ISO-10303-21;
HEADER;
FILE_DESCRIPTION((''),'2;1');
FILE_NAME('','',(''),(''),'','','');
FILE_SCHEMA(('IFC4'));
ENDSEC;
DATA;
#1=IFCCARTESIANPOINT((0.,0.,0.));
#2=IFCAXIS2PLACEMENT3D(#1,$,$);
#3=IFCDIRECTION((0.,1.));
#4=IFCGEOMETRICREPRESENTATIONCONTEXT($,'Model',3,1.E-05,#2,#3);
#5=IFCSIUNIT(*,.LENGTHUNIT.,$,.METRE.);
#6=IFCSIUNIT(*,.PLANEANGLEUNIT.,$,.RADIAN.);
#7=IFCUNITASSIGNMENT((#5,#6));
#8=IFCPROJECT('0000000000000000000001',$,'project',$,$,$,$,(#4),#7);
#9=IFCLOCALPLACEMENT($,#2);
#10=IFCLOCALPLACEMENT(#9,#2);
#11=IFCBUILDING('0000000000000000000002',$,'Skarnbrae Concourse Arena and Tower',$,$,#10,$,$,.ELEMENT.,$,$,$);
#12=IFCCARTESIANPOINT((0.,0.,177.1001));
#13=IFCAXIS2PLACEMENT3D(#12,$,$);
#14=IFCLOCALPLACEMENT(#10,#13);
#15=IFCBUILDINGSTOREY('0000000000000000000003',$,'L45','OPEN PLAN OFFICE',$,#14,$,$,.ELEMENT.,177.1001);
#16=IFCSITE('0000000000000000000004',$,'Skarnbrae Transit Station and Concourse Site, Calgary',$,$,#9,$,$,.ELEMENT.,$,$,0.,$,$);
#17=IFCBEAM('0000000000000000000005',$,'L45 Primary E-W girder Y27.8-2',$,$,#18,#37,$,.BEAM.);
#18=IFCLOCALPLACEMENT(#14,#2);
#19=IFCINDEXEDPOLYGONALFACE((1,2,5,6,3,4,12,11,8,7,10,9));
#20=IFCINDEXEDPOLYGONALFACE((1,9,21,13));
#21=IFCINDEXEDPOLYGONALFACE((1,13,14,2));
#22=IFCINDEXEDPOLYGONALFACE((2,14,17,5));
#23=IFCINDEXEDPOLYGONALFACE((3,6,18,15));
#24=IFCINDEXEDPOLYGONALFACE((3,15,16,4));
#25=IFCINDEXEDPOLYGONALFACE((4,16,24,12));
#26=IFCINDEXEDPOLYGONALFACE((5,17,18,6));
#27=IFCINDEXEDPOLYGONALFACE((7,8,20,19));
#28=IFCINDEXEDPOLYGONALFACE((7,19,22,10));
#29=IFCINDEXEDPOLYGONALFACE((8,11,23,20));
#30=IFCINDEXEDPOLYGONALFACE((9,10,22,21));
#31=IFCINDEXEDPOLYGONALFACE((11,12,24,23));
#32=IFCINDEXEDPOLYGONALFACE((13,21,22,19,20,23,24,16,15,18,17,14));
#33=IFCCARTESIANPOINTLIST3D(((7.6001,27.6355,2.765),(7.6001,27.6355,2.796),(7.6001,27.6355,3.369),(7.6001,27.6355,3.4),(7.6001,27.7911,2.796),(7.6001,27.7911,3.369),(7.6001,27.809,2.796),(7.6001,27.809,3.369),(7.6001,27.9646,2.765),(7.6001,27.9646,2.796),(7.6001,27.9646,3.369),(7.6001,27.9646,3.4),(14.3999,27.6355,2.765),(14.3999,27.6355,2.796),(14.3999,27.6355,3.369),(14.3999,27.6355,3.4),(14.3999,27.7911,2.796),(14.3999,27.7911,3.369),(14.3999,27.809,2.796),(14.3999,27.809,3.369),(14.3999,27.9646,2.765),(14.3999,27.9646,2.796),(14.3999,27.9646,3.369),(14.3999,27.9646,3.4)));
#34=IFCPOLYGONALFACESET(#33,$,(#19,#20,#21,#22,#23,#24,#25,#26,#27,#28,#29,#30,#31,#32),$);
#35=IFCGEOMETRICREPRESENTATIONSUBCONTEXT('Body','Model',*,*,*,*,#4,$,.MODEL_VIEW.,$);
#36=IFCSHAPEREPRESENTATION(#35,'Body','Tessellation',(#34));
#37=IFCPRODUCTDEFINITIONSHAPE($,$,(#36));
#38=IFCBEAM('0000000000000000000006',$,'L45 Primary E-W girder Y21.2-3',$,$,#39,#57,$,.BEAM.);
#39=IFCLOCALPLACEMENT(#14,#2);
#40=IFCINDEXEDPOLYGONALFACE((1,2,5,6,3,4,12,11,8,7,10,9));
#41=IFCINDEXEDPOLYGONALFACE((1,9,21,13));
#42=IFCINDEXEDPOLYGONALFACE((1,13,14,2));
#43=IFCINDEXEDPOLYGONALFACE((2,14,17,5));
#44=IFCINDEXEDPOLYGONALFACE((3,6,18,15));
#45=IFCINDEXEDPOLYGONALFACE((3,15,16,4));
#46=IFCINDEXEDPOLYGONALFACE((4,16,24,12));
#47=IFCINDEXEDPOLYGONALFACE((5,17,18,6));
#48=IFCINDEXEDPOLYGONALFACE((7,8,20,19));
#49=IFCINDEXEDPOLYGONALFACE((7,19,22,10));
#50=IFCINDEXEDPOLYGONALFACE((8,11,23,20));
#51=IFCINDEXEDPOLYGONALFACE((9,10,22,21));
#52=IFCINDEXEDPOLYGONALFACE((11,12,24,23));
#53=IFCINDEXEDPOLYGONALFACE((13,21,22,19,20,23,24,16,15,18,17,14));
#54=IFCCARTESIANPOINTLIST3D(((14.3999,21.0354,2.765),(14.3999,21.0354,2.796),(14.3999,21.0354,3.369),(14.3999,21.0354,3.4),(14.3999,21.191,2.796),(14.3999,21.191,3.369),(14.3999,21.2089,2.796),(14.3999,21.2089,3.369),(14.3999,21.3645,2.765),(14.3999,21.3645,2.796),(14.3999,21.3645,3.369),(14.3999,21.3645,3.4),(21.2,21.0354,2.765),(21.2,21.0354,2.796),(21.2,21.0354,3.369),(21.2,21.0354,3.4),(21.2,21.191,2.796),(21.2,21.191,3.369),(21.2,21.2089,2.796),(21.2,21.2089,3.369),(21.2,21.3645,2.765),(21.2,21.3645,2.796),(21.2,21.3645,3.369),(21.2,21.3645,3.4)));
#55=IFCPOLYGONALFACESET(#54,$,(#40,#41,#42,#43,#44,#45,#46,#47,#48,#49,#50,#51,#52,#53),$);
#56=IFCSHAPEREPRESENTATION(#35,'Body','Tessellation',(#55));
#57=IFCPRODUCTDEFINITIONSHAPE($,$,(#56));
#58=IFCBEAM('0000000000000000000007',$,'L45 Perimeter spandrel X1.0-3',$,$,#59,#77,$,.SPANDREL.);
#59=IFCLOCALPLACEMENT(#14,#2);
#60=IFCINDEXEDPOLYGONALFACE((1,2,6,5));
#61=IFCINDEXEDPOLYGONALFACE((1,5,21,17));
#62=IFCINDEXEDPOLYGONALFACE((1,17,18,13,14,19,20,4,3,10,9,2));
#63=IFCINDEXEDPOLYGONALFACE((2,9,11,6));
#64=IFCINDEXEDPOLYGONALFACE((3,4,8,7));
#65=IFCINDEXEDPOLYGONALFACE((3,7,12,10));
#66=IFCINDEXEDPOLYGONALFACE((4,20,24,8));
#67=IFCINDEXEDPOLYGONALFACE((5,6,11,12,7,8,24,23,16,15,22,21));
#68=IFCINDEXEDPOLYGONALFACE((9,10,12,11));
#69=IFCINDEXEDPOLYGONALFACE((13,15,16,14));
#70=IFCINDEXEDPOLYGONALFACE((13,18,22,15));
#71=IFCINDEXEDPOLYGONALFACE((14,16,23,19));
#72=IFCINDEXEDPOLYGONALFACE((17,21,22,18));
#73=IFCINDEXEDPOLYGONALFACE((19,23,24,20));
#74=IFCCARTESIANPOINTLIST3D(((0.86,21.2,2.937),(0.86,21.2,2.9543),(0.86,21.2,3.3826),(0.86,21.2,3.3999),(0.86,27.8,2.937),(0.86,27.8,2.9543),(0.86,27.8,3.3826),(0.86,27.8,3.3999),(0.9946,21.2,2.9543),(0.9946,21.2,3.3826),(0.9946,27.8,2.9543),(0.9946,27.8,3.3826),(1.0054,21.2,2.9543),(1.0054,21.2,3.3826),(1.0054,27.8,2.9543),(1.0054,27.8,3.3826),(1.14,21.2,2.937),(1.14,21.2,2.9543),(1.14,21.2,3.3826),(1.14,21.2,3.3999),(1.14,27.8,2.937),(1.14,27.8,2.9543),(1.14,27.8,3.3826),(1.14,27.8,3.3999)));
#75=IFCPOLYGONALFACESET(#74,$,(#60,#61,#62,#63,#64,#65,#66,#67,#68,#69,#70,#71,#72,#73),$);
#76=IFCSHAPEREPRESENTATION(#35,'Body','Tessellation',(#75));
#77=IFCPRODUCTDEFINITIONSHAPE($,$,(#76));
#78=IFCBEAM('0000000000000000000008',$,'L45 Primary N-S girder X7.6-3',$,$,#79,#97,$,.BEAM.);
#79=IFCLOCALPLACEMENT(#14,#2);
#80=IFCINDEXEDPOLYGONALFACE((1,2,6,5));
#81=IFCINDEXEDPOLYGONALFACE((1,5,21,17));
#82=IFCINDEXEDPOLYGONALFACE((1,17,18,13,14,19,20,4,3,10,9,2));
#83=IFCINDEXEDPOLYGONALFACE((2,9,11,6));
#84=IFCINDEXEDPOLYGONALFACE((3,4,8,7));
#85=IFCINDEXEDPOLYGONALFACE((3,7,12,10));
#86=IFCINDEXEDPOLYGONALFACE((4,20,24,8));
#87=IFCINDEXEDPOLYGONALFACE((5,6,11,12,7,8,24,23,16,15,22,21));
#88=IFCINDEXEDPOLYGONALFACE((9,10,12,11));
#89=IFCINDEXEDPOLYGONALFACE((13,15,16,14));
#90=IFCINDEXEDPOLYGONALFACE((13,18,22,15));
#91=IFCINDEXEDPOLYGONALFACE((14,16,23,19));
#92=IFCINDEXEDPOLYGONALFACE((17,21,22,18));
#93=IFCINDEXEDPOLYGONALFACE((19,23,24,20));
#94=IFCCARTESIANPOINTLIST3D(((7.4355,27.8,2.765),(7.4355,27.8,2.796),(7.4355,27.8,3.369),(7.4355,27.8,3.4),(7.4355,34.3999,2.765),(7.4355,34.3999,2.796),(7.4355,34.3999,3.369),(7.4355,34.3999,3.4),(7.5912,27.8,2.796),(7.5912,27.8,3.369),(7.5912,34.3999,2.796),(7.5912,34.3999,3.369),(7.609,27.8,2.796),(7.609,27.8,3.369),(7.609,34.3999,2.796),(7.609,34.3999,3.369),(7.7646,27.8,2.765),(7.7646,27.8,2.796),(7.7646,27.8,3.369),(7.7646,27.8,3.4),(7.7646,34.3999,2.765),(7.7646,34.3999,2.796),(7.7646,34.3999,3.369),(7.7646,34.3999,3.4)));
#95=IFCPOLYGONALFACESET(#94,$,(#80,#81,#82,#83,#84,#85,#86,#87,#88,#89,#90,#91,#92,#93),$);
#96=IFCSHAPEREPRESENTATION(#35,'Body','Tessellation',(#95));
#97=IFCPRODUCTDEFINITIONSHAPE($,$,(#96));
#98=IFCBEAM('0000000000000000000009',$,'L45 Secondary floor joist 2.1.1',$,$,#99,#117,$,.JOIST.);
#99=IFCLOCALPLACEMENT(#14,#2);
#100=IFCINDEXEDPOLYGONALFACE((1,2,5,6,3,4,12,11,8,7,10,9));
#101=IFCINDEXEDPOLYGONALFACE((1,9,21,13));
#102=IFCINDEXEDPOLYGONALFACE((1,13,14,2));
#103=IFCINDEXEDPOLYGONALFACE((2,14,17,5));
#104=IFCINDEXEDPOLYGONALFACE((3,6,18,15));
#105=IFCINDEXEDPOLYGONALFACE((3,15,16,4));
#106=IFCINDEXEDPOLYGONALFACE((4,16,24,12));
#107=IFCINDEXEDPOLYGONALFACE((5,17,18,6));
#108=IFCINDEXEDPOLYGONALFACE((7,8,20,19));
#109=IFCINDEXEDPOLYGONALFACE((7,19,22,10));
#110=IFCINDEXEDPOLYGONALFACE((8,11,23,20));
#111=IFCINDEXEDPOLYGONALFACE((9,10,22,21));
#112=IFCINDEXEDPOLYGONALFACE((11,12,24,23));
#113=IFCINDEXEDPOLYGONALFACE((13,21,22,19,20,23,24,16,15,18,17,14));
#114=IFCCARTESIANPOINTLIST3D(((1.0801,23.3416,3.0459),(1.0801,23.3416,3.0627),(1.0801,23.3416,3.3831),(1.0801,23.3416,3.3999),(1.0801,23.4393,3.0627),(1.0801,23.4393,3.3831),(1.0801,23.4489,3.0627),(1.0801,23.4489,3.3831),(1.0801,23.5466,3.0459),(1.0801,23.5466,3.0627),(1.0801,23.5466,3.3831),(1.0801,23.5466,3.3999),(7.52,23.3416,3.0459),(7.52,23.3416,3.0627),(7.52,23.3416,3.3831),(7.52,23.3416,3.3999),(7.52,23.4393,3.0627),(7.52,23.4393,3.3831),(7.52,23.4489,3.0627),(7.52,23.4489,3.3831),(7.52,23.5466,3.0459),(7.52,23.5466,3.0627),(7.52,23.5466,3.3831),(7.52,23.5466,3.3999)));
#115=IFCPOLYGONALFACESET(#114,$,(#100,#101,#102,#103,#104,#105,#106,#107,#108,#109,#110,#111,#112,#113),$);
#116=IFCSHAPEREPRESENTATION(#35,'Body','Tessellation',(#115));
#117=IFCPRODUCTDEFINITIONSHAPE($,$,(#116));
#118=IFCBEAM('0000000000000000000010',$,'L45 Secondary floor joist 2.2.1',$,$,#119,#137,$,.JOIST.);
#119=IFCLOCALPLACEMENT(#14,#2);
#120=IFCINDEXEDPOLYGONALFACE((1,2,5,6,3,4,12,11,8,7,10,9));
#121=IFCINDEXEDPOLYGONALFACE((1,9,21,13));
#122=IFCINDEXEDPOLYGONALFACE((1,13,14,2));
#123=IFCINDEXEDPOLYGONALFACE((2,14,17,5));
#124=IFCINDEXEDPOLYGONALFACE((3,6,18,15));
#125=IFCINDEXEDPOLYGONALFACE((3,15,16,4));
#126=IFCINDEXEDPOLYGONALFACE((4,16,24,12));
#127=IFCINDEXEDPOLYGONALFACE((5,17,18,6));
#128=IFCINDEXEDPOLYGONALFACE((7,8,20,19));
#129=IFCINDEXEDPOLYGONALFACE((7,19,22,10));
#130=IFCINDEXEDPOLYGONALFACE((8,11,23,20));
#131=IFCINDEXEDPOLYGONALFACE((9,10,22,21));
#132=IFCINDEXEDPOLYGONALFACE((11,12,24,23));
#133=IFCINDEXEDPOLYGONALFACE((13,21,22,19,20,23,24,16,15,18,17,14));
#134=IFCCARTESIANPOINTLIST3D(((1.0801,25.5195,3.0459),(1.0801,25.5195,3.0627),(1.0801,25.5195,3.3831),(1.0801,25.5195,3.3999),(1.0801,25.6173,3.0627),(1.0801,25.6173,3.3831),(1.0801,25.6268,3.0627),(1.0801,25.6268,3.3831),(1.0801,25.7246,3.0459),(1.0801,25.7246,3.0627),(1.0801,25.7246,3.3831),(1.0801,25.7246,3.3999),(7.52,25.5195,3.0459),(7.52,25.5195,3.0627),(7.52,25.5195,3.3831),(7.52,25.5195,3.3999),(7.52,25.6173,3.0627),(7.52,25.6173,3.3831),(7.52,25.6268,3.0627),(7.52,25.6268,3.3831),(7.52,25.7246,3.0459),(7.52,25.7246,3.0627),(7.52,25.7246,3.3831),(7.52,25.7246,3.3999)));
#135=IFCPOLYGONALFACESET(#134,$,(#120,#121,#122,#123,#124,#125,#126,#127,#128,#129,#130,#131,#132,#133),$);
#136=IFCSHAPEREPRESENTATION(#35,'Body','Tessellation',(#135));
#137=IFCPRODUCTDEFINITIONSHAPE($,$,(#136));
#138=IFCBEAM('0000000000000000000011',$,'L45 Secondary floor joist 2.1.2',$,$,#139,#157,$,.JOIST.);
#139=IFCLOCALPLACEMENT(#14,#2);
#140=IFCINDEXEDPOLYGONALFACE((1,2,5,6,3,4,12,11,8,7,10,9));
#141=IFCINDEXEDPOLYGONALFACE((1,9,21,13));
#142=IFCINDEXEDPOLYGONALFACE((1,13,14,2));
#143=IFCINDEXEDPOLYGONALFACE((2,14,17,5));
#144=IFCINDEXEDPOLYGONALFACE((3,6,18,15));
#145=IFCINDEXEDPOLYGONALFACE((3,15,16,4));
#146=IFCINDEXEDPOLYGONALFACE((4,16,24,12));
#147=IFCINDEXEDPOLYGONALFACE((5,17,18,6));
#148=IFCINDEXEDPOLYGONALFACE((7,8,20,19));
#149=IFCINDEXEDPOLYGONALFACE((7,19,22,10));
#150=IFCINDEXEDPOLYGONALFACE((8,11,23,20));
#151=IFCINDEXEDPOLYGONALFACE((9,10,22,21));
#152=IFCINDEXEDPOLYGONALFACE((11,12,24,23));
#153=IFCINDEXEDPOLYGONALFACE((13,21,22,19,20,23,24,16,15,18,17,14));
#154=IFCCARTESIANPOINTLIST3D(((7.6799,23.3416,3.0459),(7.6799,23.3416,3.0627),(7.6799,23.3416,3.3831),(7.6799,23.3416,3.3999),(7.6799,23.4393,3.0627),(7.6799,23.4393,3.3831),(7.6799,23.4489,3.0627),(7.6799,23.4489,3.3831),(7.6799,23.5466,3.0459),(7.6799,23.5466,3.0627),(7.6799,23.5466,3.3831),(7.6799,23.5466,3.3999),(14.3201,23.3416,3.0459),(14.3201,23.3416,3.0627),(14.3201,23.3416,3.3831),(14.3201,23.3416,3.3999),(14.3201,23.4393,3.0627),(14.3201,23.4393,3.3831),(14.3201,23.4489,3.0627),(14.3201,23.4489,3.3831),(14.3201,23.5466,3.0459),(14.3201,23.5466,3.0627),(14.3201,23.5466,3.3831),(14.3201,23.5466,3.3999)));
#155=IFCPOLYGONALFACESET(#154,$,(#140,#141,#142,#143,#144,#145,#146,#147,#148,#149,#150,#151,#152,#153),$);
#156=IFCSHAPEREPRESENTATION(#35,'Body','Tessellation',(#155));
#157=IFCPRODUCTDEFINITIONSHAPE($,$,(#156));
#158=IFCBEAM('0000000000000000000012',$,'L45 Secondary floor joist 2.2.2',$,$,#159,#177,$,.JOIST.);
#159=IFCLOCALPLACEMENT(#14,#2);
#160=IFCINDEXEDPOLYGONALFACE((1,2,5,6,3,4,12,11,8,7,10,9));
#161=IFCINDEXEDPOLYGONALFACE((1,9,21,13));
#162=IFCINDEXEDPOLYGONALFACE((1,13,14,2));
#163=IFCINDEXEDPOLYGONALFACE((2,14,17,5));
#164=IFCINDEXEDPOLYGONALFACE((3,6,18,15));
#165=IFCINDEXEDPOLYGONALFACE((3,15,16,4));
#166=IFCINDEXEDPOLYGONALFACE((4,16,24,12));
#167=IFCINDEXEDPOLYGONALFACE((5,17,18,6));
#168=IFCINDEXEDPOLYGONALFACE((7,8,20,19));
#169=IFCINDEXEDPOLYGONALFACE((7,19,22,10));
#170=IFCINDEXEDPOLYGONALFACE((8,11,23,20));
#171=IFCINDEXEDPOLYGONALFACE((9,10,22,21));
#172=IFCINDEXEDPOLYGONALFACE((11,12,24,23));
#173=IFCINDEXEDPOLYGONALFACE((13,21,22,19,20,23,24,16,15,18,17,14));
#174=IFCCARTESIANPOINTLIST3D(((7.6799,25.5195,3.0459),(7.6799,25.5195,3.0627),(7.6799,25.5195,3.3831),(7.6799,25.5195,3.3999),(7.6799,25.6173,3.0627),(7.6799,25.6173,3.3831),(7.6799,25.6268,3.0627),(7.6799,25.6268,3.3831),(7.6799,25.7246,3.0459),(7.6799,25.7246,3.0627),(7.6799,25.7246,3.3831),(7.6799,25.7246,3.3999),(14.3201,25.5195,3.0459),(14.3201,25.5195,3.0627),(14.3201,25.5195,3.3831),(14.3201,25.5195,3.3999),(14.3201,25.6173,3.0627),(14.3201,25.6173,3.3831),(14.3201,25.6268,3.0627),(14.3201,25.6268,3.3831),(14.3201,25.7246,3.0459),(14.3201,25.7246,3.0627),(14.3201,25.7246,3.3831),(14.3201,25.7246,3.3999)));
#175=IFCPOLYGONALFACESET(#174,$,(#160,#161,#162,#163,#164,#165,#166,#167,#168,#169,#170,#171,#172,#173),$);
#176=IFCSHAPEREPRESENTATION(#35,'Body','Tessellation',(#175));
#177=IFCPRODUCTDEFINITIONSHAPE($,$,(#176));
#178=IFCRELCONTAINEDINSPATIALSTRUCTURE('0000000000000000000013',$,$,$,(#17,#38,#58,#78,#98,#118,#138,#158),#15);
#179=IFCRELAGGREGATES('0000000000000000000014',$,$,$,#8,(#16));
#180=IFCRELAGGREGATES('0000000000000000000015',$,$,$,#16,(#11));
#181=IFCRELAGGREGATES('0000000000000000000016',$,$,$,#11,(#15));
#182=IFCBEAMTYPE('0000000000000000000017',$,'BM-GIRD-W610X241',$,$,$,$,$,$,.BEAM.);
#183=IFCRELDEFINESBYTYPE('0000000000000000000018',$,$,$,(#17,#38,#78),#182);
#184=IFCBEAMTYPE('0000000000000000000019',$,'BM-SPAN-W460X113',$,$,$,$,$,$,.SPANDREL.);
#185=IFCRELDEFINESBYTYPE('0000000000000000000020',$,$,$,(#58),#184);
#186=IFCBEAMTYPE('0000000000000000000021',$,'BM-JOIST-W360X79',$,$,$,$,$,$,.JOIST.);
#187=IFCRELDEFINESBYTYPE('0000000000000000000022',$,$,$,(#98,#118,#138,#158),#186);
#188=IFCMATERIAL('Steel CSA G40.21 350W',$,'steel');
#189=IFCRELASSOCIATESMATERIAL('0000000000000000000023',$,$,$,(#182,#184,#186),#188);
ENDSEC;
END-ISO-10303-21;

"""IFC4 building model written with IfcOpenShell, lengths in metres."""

from ifc_helpers import new_model, si_unit, direction, frame, origin, origin_2d, place, context, subcontext, project, spatial, i_section, extrude, source, transform, mapped, material, material_profile, profile_set, type_object, element, save


model = new_model("IFC4")

# Units and contexts
model_context = context("Model", 3, precision=1e-05, world=origin(), true_north=direction((0.0, 1.0)))
body_context = subcontext(model_context, "Body", "Model", "MODEL_VIEW")
ifc_project = project(units=[si_unit("LENGTHUNIT", "METRE"), si_unit("PLANEANGLEUNIT", "RADIAN")], contexts=[model_context])

# Site, building, storey
site_placement = place(None, origin())
site = spatial("IfcSite", under=ifc_project, at=site_placement, Name="Skarnbrae Transit Station and Concourse Site, Calgary", CompositionType="ELEMENT", RefElevation=0.0)
building_placement = place(site_placement, origin())
building = spatial("IfcBuilding", under=site, at=building_placement, Name="Skarnbrae Concourse Arena and Tower", CompositionType="ELEMENT")
storey_placement = place(building_placement, frame((0.0, 0.0, 177.1001)))
storey = spatial("IfcBuildingStorey", under=building, at=storey_placement, Name="L45", Description="OPEN PLAN OFFICE", CompositionType="ELEMENT", Elevation=177.1001)

# Shared definitions
ifc_material_1 = material(Name="Steel CSA G40.21 350W", Category="steel")

# Beams
ifc_material_profile_1 = material_profile(ifc_material_1, i_section(OverallWidth=0.3291, OverallDepth=0.635, WebThickness=0.0178, FlangeThickness=0.031, at=origin_2d()), Name="W610X241")
ifc_profile_set_1 = profile_set([ifc_material_profile_1], Name="Steel CSA G40.21 350W")
beam_type_1 = type_object("IfcBeamType", Name="BM-GIRD-W610X241", PredefinedType="BEAM", material=ifc_profile_set_1)
shared_shape_1 = source(origin(), body_context, "Body", "SweptSolid", [
    extrude(i_section(OverallWidth=0.3291, OverallDepth=0.635, WebThickness=0.0178, FlangeThickness=0.031, at=origin_2d()), origin(), (0.0, 0.0, 1.0), 6.7998),
])
for number, where, z_axis, x_axis, name in (
    (1, (7.6001, 27.8, 3.0825), (1.0, 0.0, 0.0), (0.0, 1.0, 0.0), "L45 Primary E-W girder Y27.8-2"),
):
    element("IfcBeam", number, at=place(storey_placement, frame(where, z_axis=z_axis, x_axis=x_axis)), inside=storey, type_object=beam_type_1, Name=name, PredefinedType="BEAM", context=body_context, shape_type="MappedRepresentation", body=[
        mapped(shared_shape_1, transform((0.0, 0.0, 0.0))),
    ])
shared_shape_2 = source(origin(), body_context, "Body", "SweptSolid", [
    extrude(i_section(OverallWidth=0.3291, OverallDepth=0.635, WebThickness=0.0178, FlangeThickness=0.031, at=origin_2d()), origin(), (0.0, 0.0, 1.0), 6.8),
])
beam_1_placement = place(storey_placement, frame((14.3999, 21.2, 3.0825), z_axis=(1.0, 0.0, 0.0), x_axis=(0.0, 1.0, 0.0)))
element("IfcBeam", 2, at=beam_1_placement, inside=storey, type_object=beam_type_1, Name="L45 Primary E-W girder Y21.2-3", PredefinedType="BEAM", context=body_context, shape_type="MappedRepresentation", body=[
    mapped(shared_shape_2, transform((0.0, 0.0, 0.0))),
])
ifc_material_profile_2 = material_profile(ifc_material_1, i_section(OverallWidth=0.28, OverallDepth=0.4629, WebThickness=0.0107, FlangeThickness=0.0173, at=origin_2d()), Name="W460X113")
ifc_profile_set_2 = profile_set([ifc_material_profile_2], Name="Steel CSA G40.21 350W")
beam_type_2 = type_object("IfcBeamType", Name="BM-SPAN-W460X113", PredefinedType="SPANDREL", material=ifc_profile_set_2)
shared_shape_3 = source(origin(), body_context, "Body", "SweptSolid", [
    extrude(i_section(OverallWidth=0.28, OverallDepth=0.4629, WebThickness=0.0107, FlangeThickness=0.0173, at=origin_2d()), origin(), (0.0, 0.0, 1.0), 6.6001),
])
beam_2_placement = place(storey_placement, frame((1.0, 21.2, 3.1685), z_axis=(0.0, 1.0, 0.0), x_axis=(-1.0, 0.0, 0.0)))
element("IfcBeam", 3, at=beam_2_placement, inside=storey, type_object=beam_type_2, Name="L45 Perimeter spandrel X1.0-3", PredefinedType="SPANDREL", context=body_context, shape_type="MappedRepresentation", body=[
    mapped(shared_shape_3, transform((0.0, 0.0, 0.0))),
])
shared_shape_4 = source(origin(), body_context, "Body", "SweptSolid", [
    extrude(i_section(OverallWidth=0.3291, OverallDepth=0.635, WebThickness=0.0178, FlangeThickness=0.031, at=origin_2d()), origin(), (0.0, 0.0, 1.0), 6.5999),
])
beam_3_placement = place(storey_placement, frame((7.6001, 27.8, 3.0825), z_axis=(0.0, 1.0, 0.0), x_axis=(-1.0, 0.0, 0.0)))
element("IfcBeam", 4, at=beam_3_placement, inside=storey, type_object=beam_type_1, Name="L45 Primary N-S girder X7.6-3", PredefinedType="BEAM", context=body_context, shape_type="MappedRepresentation", body=[
    mapped(shared_shape_4, transform((0.0, 0.0, 0.0))),
])
ifc_material_profile_3 = material_profile(ifc_material_1, i_section(OverallWidth=0.2051, OverallDepth=0.354, WebThickness=0.0095, FlangeThickness=0.0168, at=origin_2d()), Name="W360X79")
ifc_profile_set_3 = profile_set([ifc_material_profile_3], Name="Steel CSA G40.21 350W")
beam_type_3 = type_object("IfcBeamType", Name="BM-JOIST-W360X79", PredefinedType="JOIST", material=ifc_profile_set_3)
shared_shape_5 = source(origin(), body_context, "Body", "SweptSolid", [
    extrude(i_section(OverallWidth=0.2051, OverallDepth=0.354, WebThickness=0.0095, FlangeThickness=0.0168, at=origin_2d()), origin(), (0.0, 0.0, 1.0), 6.4399),
])
for number, where, z_axis, x_axis, name in (
    (5, (1.0801, 23.4441, 3.2229), (1.0, 0.0, 0.0), (0.0, 1.0, 0.0), "L45 Secondary floor joist 2.1.1"),
    (6, (1.0801, 25.6221, 3.2229), (1.0, 0.0, 0.0), (0.0, 1.0, 0.0), "L45 Secondary floor joist 2.2.1"),
):
    element("IfcBeam", number, at=place(storey_placement, frame(where, z_axis=z_axis, x_axis=x_axis)), inside=storey, type_object=beam_type_3, Name=name, PredefinedType="JOIST", context=body_context, shape_type="MappedRepresentation", body=[
        mapped(shared_shape_5, transform((0.0, 0.0, 0.0))),
    ])
shared_shape_6 = source(origin(), body_context, "Body", "SweptSolid", [
    extrude(i_section(OverallWidth=0.2051, OverallDepth=0.354, WebThickness=0.0095, FlangeThickness=0.0168, at=origin_2d()), origin(), (0.0, 0.0, 1.0), 6.6401),
])
for number, where, z_axis, x_axis, name in (
    (7, (7.6799, 23.4441, 3.2229), (1.0, 0.0, 0.0), (0.0, 1.0, 0.0), "L45 Secondary floor joist 2.1.2"),
    (8, (7.6799, 25.6221, 3.2229), (1.0, 0.0, 0.0), (0.0, 1.0, 0.0), "L45 Secondary floor joist 2.2.2"),
):
    element("IfcBeam", number, at=place(storey_placement, frame(where, z_axis=z_axis, x_axis=x_axis)), inside=storey, type_object=beam_type_3, Name=name, PredefinedType="JOIST", context=body_context, shape_type="MappedRepresentation", body=[
        mapped(shared_shape_6, transform((0.0, 0.0, 0.0))),
    ])

save(model, "model.ifc")
